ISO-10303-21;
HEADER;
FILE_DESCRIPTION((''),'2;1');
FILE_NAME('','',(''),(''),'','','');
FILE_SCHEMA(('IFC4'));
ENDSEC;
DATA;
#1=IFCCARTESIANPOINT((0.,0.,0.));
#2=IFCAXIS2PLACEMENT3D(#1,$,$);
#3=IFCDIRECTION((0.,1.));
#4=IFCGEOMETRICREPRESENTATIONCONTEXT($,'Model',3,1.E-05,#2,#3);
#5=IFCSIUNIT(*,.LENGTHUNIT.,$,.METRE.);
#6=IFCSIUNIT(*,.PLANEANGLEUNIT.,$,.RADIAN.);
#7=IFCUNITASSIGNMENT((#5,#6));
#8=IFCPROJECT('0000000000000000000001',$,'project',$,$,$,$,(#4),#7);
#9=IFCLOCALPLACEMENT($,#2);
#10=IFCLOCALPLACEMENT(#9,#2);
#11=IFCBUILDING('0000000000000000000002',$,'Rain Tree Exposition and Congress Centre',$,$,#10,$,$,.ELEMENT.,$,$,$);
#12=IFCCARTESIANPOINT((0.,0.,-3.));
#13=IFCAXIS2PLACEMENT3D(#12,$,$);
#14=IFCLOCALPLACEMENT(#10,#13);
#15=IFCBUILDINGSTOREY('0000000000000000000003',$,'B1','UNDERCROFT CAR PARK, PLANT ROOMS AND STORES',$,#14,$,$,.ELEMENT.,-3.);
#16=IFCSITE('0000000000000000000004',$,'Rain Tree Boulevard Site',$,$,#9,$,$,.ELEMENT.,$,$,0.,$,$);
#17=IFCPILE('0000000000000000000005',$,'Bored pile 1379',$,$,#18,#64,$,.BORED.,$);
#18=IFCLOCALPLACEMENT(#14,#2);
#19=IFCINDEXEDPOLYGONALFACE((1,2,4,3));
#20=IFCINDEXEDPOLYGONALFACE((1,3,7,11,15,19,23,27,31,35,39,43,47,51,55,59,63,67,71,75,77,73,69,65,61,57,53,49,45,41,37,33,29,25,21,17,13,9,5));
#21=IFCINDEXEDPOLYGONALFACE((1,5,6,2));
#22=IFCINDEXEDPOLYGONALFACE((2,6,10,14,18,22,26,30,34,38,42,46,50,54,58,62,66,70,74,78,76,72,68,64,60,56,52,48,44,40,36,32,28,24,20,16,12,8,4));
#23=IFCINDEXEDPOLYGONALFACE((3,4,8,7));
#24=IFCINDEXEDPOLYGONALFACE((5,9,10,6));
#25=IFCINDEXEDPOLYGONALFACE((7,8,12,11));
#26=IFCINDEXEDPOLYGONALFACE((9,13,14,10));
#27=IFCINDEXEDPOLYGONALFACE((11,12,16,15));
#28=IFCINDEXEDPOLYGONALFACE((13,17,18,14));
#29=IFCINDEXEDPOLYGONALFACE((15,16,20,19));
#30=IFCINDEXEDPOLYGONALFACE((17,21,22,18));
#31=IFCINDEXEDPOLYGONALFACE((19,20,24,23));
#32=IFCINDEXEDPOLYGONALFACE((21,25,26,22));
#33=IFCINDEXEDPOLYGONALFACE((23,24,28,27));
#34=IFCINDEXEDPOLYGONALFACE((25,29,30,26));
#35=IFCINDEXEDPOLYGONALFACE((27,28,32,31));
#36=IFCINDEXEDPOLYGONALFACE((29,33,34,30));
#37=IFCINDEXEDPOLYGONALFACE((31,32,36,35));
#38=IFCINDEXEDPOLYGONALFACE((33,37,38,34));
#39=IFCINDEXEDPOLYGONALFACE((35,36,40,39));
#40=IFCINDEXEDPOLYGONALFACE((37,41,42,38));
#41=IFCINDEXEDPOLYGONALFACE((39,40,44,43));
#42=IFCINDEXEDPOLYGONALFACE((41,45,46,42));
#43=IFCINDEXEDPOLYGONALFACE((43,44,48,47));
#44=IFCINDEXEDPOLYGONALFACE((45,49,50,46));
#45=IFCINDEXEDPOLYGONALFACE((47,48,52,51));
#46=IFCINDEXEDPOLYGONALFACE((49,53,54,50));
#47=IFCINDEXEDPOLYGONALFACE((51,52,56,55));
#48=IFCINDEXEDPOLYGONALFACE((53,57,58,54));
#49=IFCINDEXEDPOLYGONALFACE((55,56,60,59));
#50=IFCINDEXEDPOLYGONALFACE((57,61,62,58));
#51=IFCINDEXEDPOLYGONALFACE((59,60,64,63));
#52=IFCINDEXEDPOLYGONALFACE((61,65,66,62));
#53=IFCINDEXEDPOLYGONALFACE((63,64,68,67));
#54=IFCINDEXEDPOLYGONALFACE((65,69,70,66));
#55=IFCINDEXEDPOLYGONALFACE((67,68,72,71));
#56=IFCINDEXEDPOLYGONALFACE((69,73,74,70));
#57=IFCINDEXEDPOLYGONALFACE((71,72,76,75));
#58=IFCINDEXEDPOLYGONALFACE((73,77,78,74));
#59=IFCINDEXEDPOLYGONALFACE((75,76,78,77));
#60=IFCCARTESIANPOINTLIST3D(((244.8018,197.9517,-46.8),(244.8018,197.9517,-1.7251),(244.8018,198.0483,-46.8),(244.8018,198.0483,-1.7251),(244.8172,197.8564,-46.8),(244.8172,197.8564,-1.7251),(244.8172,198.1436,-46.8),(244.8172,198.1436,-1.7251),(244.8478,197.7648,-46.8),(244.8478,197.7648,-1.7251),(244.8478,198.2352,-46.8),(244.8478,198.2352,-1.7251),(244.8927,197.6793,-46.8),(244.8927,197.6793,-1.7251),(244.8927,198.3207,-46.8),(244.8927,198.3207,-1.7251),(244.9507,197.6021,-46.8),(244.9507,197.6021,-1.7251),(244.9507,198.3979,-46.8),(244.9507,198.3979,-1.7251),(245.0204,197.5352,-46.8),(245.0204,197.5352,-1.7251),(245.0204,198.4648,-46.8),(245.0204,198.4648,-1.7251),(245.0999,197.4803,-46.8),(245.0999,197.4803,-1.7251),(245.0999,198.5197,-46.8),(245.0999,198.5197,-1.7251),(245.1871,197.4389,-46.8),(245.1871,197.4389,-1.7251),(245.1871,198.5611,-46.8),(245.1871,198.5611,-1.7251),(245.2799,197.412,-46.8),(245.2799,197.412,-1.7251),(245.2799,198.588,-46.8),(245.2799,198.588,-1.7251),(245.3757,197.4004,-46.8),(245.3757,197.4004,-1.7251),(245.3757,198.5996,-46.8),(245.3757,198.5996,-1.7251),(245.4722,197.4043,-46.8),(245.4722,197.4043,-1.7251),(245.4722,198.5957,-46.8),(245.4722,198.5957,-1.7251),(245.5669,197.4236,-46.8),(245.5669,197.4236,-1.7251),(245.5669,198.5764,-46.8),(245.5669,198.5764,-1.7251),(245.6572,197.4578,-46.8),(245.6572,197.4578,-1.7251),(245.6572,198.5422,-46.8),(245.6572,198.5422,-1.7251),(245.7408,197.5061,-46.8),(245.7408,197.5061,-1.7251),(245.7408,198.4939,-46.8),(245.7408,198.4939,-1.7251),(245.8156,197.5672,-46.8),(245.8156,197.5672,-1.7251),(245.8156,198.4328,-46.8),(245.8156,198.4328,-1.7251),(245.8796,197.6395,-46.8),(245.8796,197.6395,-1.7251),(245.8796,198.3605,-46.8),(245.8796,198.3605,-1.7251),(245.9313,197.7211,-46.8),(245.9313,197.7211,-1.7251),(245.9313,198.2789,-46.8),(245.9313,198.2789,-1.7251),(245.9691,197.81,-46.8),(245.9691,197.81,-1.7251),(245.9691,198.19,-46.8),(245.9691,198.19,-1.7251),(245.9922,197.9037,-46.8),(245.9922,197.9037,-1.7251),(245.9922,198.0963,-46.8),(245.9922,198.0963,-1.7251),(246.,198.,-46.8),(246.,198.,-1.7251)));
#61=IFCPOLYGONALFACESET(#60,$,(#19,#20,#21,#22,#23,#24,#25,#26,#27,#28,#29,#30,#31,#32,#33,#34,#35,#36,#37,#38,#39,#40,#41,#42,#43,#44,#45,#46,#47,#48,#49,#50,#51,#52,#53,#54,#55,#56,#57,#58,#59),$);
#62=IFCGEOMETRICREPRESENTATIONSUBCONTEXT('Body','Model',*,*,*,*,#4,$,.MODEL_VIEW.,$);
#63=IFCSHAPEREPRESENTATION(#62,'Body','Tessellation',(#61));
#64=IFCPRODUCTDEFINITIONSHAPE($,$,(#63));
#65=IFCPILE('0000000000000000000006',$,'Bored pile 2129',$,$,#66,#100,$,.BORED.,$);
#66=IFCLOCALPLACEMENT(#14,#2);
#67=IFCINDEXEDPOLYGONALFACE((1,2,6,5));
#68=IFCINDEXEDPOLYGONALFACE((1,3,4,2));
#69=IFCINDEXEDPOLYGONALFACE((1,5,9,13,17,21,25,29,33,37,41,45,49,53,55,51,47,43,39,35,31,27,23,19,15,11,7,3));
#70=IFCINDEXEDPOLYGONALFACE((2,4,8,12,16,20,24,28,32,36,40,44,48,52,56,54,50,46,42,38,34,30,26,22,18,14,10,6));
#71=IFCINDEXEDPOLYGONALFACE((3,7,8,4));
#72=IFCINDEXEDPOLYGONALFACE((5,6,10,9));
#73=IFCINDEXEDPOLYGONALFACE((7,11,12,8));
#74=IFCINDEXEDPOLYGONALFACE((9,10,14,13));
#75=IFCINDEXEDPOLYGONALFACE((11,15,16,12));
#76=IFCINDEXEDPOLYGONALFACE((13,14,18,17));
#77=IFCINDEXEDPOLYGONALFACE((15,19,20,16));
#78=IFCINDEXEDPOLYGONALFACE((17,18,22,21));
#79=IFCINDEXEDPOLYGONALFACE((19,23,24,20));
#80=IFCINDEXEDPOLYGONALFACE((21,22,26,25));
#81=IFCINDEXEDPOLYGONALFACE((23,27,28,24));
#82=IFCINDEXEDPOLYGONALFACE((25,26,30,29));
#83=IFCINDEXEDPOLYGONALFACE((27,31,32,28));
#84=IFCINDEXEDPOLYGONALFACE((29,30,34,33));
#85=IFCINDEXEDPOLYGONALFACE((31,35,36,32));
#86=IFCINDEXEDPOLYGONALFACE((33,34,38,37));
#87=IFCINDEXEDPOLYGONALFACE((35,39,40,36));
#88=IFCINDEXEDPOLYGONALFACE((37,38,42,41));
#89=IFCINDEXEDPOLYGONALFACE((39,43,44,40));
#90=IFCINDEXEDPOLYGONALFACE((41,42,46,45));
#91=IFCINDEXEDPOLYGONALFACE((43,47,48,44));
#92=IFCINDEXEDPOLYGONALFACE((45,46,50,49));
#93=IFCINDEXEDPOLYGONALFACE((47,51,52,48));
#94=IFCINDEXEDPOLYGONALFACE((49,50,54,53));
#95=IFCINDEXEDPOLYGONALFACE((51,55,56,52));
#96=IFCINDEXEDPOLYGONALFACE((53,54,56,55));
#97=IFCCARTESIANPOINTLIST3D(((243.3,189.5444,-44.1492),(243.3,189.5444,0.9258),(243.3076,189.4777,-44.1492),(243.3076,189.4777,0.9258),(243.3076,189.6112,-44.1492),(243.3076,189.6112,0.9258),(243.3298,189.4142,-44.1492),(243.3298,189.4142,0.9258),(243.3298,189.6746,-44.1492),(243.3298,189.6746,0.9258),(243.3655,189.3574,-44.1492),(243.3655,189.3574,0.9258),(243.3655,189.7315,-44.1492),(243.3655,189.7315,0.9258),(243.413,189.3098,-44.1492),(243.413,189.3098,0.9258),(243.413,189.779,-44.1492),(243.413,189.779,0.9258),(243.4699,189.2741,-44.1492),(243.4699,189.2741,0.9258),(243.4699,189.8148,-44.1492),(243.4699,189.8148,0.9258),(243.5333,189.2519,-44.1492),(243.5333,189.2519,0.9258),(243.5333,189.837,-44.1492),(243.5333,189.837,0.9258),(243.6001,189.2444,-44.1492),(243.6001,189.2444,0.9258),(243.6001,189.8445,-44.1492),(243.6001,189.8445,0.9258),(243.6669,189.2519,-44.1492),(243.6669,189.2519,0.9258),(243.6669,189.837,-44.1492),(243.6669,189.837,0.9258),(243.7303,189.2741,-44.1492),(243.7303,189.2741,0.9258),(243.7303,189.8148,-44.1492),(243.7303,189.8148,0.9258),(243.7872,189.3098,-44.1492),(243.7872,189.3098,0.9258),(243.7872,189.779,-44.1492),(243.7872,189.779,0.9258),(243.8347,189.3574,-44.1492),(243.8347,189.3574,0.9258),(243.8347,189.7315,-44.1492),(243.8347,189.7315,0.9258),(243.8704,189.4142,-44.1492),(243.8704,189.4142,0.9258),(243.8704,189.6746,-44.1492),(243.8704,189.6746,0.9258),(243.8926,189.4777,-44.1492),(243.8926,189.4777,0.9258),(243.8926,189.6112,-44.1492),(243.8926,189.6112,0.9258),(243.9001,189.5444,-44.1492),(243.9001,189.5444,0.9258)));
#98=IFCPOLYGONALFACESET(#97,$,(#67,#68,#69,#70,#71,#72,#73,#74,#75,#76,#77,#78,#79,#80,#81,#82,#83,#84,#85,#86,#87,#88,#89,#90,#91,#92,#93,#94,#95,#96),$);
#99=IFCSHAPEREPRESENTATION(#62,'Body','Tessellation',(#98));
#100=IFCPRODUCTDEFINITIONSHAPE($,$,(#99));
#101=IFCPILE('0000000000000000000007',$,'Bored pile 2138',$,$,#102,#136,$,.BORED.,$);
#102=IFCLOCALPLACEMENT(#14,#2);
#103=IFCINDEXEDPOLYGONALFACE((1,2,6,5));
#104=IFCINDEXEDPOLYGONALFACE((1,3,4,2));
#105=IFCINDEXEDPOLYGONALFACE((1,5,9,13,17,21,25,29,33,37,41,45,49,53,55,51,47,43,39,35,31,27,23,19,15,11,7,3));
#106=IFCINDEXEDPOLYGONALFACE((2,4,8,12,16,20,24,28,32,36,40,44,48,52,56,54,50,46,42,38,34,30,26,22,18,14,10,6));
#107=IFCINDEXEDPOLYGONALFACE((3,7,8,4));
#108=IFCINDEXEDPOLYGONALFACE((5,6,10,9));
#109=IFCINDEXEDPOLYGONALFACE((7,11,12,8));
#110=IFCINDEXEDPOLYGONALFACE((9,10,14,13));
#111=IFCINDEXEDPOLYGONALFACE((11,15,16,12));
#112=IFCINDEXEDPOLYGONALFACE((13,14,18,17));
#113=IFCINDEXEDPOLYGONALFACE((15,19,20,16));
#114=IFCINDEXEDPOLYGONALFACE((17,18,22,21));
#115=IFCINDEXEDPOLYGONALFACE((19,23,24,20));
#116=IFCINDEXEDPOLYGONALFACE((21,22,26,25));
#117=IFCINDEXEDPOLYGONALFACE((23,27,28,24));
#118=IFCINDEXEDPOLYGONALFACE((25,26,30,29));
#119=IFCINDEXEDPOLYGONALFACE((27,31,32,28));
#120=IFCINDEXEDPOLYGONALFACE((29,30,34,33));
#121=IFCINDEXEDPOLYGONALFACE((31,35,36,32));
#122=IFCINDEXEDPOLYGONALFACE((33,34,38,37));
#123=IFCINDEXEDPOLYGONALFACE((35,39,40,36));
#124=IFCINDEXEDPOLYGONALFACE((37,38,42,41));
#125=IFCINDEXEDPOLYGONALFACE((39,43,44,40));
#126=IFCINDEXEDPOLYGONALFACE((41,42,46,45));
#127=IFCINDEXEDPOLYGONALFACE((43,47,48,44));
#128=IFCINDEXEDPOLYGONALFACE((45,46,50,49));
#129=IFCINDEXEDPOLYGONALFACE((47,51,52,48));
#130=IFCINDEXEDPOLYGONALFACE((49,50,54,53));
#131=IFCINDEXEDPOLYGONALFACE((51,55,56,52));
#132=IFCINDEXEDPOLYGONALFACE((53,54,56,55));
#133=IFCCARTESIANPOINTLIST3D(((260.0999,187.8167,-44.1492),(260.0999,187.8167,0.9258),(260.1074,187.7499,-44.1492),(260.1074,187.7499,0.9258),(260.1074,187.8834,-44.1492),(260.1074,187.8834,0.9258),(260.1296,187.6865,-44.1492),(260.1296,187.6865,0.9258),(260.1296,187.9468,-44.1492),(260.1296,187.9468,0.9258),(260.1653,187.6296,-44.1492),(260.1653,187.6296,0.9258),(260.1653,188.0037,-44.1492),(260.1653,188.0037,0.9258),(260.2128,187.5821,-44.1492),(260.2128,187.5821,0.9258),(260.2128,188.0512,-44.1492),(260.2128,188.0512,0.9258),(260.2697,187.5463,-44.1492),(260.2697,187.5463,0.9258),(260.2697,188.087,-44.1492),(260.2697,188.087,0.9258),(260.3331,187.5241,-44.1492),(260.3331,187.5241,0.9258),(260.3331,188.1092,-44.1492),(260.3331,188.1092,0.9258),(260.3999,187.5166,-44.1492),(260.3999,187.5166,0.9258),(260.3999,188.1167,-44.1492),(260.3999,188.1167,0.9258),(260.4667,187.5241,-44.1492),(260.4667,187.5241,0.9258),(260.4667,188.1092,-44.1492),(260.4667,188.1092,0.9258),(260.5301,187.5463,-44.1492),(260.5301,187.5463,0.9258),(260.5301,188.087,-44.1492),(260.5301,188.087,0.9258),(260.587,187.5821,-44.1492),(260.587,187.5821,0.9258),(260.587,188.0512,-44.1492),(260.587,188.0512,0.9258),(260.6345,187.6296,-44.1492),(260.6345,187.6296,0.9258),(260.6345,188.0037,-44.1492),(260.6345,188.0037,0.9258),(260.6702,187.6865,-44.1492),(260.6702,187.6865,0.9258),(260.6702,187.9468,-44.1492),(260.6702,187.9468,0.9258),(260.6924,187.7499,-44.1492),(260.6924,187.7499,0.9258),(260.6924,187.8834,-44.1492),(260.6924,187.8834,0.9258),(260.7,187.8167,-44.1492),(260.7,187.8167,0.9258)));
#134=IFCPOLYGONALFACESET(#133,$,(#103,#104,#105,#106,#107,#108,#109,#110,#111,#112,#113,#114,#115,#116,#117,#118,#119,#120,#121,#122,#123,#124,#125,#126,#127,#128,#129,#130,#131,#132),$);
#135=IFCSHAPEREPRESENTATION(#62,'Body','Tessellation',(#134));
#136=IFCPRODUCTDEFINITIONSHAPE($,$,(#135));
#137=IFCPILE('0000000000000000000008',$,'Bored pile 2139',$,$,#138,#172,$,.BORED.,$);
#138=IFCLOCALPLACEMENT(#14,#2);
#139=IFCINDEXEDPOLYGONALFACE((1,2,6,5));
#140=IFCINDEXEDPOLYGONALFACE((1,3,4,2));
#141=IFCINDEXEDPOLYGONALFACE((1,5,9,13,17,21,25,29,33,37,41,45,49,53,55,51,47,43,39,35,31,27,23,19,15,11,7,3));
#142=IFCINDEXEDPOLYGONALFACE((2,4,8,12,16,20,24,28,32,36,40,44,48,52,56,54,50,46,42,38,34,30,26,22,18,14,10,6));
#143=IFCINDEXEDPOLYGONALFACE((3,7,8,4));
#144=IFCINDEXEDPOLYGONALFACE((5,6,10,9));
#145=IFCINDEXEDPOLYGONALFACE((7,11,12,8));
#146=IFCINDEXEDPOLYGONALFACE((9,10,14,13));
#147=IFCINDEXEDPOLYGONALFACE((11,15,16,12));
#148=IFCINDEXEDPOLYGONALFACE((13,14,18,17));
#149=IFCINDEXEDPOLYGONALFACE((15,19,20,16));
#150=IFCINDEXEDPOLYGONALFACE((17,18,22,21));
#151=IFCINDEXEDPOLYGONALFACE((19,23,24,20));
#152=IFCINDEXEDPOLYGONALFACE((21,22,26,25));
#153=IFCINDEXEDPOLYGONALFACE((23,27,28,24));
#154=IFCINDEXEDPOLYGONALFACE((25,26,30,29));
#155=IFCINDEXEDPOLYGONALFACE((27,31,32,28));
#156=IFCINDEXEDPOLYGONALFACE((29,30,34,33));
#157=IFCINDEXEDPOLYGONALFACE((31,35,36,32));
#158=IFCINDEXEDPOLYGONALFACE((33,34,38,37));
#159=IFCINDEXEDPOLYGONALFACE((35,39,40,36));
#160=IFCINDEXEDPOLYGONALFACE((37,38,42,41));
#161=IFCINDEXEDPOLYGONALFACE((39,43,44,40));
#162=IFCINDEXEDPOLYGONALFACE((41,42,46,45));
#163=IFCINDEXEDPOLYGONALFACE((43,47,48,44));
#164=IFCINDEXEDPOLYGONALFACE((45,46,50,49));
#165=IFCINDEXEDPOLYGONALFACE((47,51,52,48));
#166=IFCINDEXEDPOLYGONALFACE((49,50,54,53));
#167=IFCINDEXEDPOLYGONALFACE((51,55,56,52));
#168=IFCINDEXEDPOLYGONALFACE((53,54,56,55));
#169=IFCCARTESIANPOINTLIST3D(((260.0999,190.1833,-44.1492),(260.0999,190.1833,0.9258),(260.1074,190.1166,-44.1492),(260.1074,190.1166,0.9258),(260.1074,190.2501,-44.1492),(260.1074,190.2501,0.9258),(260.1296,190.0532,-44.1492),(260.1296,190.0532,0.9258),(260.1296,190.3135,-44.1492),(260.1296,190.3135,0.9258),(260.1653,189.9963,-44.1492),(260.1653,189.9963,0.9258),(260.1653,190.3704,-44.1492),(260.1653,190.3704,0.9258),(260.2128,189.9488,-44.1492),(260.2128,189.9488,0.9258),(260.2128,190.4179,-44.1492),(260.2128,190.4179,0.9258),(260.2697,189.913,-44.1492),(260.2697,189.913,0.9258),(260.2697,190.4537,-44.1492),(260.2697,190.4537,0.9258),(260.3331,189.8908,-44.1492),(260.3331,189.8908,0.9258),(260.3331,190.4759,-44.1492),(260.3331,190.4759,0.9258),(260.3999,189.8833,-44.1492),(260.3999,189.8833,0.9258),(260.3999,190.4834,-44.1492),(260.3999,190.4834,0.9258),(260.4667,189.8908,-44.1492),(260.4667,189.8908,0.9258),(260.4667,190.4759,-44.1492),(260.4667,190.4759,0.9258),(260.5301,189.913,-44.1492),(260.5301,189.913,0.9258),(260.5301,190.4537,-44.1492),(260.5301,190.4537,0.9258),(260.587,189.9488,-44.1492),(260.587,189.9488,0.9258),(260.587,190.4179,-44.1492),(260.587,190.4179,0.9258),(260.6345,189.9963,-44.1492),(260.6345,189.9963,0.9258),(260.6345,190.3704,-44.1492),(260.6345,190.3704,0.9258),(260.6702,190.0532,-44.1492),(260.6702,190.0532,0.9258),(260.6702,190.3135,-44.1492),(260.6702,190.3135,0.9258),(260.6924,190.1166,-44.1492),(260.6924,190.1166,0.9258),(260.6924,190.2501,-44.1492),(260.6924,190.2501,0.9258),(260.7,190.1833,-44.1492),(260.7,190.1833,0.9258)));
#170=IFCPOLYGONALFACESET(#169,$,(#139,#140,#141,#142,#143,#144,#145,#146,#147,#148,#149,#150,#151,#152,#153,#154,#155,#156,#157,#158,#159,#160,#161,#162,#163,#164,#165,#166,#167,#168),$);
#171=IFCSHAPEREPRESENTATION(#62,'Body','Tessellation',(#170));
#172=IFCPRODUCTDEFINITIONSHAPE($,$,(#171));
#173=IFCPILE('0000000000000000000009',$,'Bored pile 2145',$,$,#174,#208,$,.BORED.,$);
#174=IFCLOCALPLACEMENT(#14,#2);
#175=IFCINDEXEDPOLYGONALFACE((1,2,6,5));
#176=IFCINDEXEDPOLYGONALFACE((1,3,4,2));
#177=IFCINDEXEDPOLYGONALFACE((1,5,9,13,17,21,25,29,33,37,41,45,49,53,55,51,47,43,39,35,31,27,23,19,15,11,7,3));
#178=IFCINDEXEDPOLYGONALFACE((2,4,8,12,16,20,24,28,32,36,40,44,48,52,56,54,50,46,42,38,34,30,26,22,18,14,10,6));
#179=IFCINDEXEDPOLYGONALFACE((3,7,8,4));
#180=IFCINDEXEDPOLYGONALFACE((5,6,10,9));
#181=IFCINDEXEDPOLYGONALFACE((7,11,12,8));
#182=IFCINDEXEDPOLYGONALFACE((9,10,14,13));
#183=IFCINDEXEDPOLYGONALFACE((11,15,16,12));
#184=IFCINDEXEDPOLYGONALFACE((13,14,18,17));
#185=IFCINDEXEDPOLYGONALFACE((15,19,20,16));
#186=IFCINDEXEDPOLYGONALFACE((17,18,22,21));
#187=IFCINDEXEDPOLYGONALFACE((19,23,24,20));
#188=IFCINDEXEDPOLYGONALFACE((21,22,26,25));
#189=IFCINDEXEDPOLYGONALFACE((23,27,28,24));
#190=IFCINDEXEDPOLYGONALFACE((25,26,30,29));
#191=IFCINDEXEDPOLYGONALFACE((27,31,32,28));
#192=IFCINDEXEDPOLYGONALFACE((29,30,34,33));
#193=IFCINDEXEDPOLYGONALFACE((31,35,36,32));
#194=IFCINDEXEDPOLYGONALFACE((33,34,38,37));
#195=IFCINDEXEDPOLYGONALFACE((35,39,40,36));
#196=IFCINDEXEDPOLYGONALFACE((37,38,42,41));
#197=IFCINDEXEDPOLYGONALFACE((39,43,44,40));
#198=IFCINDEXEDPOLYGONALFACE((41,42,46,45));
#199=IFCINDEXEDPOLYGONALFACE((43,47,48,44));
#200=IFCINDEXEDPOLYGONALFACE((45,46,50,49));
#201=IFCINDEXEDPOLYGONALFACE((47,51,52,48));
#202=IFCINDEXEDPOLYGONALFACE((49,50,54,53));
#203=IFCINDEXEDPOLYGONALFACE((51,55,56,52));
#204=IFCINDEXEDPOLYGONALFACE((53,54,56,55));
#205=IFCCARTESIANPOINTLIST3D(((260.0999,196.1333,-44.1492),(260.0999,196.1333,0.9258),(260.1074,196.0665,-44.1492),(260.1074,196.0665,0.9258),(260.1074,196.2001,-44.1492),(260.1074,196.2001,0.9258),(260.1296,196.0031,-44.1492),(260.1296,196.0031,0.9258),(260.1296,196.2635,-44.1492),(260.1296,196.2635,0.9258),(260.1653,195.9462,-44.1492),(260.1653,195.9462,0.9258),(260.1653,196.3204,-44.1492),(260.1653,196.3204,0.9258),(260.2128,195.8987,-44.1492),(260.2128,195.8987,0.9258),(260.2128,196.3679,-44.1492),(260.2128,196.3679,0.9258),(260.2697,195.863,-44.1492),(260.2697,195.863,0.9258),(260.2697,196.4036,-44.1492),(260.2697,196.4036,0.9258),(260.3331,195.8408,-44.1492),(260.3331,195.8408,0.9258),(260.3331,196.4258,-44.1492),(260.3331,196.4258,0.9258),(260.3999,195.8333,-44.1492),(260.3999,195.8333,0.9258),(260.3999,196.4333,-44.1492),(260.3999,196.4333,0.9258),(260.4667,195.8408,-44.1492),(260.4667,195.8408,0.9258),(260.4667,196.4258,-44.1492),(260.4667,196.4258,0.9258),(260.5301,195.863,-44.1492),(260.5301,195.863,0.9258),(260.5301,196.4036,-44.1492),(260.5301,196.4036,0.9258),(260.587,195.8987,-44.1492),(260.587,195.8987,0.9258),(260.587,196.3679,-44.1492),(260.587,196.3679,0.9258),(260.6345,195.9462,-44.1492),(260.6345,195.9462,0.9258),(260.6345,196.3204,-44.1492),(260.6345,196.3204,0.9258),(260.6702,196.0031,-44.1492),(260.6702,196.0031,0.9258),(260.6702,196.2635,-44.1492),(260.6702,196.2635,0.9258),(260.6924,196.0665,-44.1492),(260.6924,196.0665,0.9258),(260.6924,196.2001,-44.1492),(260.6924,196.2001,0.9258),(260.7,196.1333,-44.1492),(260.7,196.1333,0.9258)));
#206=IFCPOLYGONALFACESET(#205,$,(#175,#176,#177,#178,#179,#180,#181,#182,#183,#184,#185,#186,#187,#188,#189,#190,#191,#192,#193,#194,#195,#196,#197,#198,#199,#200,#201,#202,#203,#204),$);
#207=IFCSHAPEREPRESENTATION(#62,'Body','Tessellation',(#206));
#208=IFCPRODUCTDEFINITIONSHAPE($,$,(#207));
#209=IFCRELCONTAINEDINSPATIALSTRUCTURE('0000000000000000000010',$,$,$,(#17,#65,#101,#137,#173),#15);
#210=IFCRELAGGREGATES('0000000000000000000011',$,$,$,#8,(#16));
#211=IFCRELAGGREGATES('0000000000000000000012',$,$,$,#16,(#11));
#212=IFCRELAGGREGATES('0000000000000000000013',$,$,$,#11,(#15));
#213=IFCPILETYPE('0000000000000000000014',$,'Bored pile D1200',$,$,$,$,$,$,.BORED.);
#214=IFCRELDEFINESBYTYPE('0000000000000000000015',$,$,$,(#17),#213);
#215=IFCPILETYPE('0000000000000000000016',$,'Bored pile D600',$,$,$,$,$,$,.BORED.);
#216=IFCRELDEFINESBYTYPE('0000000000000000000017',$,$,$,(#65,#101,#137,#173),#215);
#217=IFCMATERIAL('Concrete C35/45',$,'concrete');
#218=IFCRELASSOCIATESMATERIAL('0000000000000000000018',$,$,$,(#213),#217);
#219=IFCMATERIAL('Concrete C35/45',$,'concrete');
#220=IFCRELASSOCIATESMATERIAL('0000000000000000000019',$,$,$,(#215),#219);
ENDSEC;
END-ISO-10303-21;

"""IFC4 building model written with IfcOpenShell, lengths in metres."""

from ifc_helpers import new_model, si_unit, direction, frame, origin, origin_2d, place, context, subcontext, project, spatial, circle, extrude, material, material_profile, profile_set, type_object, element, save


model = new_model("IFC4")

# Units and contexts
model_context = context("Model", 3, precision=1e-05, world=origin(), true_north=direction((0.0, 1.0)))
body_context = subcontext(model_context, "Body", "Model", "MODEL_VIEW")
ifc_project = project(units=[si_unit("LENGTHUNIT", "METRE"), si_unit("PLANEANGLEUNIT", "RADIAN")], contexts=[model_context])

# Site, building, storey
site_placement = place(None, origin())
site = spatial("IfcSite", under=ifc_project, at=site_placement, Name="Rain Tree Boulevard Site", CompositionType="ELEMENT", RefElevation=0.0)
building_placement = place(site_placement, origin())
building = spatial("IfcBuilding", under=site, at=building_placement, Name="Rain Tree Exposition and Congress Centre", CompositionType="ELEMENT")
storey_placement = place(building_placement, frame((0.0, 0.0, -3.0)))
storey = spatial("IfcBuildingStorey", under=building, at=storey_placement, Name="B1", Description="UNDERCROFT CAR PARK, PLANT ROOMS AND STORES", CompositionType="ELEMENT", Elevation=-3.0)

# Piles
ifc_material_1 = material(Name="Concrete C35/45", Category="concrete")
ifc_material_profile_1 = material_profile(ifc_material_1, circle(Radius=0.6001, at=origin_2d()), Name="D1200")
ifc_profile_set_1 = profile_set([ifc_material_profile_1], Name="Concrete C35/45")
pile_type_1 = type_object("IfcPileType", Name="Bored pile D1200", PredefinedType="BORED", material=ifc_profile_set_1)
pile_placement = place(storey_placement, frame((245.3999, 198.0, -1.7251), z_axis=(0.0, 0.0, -1.0), x_axis=(1.0, 0.0, 0.0)))
element("IfcPile", 1, at=pile_placement, inside=storey, type_object=pile_type_1, Name="Bored pile 1379", PredefinedType="BORED", context=body_context, shape_type="SweptSolid", body=[
    extrude(circle(Radius=0.6001, at=origin_2d()), origin(), (0.0, 0.0, 1.0), 45.075),
])
ifc_material_2 = material(Name="Concrete C35/45", Category="concrete")
ifc_material_profile_2 = material_profile(ifc_material_2, circle(Radius=0.3, at=origin_2d()), Name="D600")
ifc_profile_set_2 = profile_set([ifc_material_profile_2], Name="Concrete C35/45")
pile_type_2 = type_object("IfcPileType", Name="Bored pile D600", PredefinedType="BORED", material=ifc_profile_set_2)
for number, where, z_axis, x_axis, name in (
    (2, (243.6001, 189.5444, 0.9258), (0.0, 0.0, -1.0), (1.0, 0.0, 0.0), "Bored pile 2129"),
    (3, (260.3999, 187.8167, 0.9258), (0.0, 0.0, -1.0), (1.0, 0.0, 0.0), "Bored pile 2138"),
    (4, (260.3999, 190.1833, 0.9258), (0.0, 0.0, -1.0), (1.0, 0.0, 0.0), "Bored pile 2139"),
    (5, (260.3999, 196.1333, 0.9258), (0.0, 0.0, -1.0), (1.0, 0.0, 0.0), "Bored pile 2145"),
):
    element("IfcPile", number, at=place(storey_placement, frame(where, z_axis=z_axis, x_axis=x_axis)), inside=storey, type_object=pile_type_2, Name=name, PredefinedType="BORED", context=body_context, shape_type="SweptSolid", body=[
        extrude(circle(Radius=0.3, at=origin_2d()), origin(), (0.0, 0.0, 1.0), 45.075),
    ])

save(model, "model.ifc")
